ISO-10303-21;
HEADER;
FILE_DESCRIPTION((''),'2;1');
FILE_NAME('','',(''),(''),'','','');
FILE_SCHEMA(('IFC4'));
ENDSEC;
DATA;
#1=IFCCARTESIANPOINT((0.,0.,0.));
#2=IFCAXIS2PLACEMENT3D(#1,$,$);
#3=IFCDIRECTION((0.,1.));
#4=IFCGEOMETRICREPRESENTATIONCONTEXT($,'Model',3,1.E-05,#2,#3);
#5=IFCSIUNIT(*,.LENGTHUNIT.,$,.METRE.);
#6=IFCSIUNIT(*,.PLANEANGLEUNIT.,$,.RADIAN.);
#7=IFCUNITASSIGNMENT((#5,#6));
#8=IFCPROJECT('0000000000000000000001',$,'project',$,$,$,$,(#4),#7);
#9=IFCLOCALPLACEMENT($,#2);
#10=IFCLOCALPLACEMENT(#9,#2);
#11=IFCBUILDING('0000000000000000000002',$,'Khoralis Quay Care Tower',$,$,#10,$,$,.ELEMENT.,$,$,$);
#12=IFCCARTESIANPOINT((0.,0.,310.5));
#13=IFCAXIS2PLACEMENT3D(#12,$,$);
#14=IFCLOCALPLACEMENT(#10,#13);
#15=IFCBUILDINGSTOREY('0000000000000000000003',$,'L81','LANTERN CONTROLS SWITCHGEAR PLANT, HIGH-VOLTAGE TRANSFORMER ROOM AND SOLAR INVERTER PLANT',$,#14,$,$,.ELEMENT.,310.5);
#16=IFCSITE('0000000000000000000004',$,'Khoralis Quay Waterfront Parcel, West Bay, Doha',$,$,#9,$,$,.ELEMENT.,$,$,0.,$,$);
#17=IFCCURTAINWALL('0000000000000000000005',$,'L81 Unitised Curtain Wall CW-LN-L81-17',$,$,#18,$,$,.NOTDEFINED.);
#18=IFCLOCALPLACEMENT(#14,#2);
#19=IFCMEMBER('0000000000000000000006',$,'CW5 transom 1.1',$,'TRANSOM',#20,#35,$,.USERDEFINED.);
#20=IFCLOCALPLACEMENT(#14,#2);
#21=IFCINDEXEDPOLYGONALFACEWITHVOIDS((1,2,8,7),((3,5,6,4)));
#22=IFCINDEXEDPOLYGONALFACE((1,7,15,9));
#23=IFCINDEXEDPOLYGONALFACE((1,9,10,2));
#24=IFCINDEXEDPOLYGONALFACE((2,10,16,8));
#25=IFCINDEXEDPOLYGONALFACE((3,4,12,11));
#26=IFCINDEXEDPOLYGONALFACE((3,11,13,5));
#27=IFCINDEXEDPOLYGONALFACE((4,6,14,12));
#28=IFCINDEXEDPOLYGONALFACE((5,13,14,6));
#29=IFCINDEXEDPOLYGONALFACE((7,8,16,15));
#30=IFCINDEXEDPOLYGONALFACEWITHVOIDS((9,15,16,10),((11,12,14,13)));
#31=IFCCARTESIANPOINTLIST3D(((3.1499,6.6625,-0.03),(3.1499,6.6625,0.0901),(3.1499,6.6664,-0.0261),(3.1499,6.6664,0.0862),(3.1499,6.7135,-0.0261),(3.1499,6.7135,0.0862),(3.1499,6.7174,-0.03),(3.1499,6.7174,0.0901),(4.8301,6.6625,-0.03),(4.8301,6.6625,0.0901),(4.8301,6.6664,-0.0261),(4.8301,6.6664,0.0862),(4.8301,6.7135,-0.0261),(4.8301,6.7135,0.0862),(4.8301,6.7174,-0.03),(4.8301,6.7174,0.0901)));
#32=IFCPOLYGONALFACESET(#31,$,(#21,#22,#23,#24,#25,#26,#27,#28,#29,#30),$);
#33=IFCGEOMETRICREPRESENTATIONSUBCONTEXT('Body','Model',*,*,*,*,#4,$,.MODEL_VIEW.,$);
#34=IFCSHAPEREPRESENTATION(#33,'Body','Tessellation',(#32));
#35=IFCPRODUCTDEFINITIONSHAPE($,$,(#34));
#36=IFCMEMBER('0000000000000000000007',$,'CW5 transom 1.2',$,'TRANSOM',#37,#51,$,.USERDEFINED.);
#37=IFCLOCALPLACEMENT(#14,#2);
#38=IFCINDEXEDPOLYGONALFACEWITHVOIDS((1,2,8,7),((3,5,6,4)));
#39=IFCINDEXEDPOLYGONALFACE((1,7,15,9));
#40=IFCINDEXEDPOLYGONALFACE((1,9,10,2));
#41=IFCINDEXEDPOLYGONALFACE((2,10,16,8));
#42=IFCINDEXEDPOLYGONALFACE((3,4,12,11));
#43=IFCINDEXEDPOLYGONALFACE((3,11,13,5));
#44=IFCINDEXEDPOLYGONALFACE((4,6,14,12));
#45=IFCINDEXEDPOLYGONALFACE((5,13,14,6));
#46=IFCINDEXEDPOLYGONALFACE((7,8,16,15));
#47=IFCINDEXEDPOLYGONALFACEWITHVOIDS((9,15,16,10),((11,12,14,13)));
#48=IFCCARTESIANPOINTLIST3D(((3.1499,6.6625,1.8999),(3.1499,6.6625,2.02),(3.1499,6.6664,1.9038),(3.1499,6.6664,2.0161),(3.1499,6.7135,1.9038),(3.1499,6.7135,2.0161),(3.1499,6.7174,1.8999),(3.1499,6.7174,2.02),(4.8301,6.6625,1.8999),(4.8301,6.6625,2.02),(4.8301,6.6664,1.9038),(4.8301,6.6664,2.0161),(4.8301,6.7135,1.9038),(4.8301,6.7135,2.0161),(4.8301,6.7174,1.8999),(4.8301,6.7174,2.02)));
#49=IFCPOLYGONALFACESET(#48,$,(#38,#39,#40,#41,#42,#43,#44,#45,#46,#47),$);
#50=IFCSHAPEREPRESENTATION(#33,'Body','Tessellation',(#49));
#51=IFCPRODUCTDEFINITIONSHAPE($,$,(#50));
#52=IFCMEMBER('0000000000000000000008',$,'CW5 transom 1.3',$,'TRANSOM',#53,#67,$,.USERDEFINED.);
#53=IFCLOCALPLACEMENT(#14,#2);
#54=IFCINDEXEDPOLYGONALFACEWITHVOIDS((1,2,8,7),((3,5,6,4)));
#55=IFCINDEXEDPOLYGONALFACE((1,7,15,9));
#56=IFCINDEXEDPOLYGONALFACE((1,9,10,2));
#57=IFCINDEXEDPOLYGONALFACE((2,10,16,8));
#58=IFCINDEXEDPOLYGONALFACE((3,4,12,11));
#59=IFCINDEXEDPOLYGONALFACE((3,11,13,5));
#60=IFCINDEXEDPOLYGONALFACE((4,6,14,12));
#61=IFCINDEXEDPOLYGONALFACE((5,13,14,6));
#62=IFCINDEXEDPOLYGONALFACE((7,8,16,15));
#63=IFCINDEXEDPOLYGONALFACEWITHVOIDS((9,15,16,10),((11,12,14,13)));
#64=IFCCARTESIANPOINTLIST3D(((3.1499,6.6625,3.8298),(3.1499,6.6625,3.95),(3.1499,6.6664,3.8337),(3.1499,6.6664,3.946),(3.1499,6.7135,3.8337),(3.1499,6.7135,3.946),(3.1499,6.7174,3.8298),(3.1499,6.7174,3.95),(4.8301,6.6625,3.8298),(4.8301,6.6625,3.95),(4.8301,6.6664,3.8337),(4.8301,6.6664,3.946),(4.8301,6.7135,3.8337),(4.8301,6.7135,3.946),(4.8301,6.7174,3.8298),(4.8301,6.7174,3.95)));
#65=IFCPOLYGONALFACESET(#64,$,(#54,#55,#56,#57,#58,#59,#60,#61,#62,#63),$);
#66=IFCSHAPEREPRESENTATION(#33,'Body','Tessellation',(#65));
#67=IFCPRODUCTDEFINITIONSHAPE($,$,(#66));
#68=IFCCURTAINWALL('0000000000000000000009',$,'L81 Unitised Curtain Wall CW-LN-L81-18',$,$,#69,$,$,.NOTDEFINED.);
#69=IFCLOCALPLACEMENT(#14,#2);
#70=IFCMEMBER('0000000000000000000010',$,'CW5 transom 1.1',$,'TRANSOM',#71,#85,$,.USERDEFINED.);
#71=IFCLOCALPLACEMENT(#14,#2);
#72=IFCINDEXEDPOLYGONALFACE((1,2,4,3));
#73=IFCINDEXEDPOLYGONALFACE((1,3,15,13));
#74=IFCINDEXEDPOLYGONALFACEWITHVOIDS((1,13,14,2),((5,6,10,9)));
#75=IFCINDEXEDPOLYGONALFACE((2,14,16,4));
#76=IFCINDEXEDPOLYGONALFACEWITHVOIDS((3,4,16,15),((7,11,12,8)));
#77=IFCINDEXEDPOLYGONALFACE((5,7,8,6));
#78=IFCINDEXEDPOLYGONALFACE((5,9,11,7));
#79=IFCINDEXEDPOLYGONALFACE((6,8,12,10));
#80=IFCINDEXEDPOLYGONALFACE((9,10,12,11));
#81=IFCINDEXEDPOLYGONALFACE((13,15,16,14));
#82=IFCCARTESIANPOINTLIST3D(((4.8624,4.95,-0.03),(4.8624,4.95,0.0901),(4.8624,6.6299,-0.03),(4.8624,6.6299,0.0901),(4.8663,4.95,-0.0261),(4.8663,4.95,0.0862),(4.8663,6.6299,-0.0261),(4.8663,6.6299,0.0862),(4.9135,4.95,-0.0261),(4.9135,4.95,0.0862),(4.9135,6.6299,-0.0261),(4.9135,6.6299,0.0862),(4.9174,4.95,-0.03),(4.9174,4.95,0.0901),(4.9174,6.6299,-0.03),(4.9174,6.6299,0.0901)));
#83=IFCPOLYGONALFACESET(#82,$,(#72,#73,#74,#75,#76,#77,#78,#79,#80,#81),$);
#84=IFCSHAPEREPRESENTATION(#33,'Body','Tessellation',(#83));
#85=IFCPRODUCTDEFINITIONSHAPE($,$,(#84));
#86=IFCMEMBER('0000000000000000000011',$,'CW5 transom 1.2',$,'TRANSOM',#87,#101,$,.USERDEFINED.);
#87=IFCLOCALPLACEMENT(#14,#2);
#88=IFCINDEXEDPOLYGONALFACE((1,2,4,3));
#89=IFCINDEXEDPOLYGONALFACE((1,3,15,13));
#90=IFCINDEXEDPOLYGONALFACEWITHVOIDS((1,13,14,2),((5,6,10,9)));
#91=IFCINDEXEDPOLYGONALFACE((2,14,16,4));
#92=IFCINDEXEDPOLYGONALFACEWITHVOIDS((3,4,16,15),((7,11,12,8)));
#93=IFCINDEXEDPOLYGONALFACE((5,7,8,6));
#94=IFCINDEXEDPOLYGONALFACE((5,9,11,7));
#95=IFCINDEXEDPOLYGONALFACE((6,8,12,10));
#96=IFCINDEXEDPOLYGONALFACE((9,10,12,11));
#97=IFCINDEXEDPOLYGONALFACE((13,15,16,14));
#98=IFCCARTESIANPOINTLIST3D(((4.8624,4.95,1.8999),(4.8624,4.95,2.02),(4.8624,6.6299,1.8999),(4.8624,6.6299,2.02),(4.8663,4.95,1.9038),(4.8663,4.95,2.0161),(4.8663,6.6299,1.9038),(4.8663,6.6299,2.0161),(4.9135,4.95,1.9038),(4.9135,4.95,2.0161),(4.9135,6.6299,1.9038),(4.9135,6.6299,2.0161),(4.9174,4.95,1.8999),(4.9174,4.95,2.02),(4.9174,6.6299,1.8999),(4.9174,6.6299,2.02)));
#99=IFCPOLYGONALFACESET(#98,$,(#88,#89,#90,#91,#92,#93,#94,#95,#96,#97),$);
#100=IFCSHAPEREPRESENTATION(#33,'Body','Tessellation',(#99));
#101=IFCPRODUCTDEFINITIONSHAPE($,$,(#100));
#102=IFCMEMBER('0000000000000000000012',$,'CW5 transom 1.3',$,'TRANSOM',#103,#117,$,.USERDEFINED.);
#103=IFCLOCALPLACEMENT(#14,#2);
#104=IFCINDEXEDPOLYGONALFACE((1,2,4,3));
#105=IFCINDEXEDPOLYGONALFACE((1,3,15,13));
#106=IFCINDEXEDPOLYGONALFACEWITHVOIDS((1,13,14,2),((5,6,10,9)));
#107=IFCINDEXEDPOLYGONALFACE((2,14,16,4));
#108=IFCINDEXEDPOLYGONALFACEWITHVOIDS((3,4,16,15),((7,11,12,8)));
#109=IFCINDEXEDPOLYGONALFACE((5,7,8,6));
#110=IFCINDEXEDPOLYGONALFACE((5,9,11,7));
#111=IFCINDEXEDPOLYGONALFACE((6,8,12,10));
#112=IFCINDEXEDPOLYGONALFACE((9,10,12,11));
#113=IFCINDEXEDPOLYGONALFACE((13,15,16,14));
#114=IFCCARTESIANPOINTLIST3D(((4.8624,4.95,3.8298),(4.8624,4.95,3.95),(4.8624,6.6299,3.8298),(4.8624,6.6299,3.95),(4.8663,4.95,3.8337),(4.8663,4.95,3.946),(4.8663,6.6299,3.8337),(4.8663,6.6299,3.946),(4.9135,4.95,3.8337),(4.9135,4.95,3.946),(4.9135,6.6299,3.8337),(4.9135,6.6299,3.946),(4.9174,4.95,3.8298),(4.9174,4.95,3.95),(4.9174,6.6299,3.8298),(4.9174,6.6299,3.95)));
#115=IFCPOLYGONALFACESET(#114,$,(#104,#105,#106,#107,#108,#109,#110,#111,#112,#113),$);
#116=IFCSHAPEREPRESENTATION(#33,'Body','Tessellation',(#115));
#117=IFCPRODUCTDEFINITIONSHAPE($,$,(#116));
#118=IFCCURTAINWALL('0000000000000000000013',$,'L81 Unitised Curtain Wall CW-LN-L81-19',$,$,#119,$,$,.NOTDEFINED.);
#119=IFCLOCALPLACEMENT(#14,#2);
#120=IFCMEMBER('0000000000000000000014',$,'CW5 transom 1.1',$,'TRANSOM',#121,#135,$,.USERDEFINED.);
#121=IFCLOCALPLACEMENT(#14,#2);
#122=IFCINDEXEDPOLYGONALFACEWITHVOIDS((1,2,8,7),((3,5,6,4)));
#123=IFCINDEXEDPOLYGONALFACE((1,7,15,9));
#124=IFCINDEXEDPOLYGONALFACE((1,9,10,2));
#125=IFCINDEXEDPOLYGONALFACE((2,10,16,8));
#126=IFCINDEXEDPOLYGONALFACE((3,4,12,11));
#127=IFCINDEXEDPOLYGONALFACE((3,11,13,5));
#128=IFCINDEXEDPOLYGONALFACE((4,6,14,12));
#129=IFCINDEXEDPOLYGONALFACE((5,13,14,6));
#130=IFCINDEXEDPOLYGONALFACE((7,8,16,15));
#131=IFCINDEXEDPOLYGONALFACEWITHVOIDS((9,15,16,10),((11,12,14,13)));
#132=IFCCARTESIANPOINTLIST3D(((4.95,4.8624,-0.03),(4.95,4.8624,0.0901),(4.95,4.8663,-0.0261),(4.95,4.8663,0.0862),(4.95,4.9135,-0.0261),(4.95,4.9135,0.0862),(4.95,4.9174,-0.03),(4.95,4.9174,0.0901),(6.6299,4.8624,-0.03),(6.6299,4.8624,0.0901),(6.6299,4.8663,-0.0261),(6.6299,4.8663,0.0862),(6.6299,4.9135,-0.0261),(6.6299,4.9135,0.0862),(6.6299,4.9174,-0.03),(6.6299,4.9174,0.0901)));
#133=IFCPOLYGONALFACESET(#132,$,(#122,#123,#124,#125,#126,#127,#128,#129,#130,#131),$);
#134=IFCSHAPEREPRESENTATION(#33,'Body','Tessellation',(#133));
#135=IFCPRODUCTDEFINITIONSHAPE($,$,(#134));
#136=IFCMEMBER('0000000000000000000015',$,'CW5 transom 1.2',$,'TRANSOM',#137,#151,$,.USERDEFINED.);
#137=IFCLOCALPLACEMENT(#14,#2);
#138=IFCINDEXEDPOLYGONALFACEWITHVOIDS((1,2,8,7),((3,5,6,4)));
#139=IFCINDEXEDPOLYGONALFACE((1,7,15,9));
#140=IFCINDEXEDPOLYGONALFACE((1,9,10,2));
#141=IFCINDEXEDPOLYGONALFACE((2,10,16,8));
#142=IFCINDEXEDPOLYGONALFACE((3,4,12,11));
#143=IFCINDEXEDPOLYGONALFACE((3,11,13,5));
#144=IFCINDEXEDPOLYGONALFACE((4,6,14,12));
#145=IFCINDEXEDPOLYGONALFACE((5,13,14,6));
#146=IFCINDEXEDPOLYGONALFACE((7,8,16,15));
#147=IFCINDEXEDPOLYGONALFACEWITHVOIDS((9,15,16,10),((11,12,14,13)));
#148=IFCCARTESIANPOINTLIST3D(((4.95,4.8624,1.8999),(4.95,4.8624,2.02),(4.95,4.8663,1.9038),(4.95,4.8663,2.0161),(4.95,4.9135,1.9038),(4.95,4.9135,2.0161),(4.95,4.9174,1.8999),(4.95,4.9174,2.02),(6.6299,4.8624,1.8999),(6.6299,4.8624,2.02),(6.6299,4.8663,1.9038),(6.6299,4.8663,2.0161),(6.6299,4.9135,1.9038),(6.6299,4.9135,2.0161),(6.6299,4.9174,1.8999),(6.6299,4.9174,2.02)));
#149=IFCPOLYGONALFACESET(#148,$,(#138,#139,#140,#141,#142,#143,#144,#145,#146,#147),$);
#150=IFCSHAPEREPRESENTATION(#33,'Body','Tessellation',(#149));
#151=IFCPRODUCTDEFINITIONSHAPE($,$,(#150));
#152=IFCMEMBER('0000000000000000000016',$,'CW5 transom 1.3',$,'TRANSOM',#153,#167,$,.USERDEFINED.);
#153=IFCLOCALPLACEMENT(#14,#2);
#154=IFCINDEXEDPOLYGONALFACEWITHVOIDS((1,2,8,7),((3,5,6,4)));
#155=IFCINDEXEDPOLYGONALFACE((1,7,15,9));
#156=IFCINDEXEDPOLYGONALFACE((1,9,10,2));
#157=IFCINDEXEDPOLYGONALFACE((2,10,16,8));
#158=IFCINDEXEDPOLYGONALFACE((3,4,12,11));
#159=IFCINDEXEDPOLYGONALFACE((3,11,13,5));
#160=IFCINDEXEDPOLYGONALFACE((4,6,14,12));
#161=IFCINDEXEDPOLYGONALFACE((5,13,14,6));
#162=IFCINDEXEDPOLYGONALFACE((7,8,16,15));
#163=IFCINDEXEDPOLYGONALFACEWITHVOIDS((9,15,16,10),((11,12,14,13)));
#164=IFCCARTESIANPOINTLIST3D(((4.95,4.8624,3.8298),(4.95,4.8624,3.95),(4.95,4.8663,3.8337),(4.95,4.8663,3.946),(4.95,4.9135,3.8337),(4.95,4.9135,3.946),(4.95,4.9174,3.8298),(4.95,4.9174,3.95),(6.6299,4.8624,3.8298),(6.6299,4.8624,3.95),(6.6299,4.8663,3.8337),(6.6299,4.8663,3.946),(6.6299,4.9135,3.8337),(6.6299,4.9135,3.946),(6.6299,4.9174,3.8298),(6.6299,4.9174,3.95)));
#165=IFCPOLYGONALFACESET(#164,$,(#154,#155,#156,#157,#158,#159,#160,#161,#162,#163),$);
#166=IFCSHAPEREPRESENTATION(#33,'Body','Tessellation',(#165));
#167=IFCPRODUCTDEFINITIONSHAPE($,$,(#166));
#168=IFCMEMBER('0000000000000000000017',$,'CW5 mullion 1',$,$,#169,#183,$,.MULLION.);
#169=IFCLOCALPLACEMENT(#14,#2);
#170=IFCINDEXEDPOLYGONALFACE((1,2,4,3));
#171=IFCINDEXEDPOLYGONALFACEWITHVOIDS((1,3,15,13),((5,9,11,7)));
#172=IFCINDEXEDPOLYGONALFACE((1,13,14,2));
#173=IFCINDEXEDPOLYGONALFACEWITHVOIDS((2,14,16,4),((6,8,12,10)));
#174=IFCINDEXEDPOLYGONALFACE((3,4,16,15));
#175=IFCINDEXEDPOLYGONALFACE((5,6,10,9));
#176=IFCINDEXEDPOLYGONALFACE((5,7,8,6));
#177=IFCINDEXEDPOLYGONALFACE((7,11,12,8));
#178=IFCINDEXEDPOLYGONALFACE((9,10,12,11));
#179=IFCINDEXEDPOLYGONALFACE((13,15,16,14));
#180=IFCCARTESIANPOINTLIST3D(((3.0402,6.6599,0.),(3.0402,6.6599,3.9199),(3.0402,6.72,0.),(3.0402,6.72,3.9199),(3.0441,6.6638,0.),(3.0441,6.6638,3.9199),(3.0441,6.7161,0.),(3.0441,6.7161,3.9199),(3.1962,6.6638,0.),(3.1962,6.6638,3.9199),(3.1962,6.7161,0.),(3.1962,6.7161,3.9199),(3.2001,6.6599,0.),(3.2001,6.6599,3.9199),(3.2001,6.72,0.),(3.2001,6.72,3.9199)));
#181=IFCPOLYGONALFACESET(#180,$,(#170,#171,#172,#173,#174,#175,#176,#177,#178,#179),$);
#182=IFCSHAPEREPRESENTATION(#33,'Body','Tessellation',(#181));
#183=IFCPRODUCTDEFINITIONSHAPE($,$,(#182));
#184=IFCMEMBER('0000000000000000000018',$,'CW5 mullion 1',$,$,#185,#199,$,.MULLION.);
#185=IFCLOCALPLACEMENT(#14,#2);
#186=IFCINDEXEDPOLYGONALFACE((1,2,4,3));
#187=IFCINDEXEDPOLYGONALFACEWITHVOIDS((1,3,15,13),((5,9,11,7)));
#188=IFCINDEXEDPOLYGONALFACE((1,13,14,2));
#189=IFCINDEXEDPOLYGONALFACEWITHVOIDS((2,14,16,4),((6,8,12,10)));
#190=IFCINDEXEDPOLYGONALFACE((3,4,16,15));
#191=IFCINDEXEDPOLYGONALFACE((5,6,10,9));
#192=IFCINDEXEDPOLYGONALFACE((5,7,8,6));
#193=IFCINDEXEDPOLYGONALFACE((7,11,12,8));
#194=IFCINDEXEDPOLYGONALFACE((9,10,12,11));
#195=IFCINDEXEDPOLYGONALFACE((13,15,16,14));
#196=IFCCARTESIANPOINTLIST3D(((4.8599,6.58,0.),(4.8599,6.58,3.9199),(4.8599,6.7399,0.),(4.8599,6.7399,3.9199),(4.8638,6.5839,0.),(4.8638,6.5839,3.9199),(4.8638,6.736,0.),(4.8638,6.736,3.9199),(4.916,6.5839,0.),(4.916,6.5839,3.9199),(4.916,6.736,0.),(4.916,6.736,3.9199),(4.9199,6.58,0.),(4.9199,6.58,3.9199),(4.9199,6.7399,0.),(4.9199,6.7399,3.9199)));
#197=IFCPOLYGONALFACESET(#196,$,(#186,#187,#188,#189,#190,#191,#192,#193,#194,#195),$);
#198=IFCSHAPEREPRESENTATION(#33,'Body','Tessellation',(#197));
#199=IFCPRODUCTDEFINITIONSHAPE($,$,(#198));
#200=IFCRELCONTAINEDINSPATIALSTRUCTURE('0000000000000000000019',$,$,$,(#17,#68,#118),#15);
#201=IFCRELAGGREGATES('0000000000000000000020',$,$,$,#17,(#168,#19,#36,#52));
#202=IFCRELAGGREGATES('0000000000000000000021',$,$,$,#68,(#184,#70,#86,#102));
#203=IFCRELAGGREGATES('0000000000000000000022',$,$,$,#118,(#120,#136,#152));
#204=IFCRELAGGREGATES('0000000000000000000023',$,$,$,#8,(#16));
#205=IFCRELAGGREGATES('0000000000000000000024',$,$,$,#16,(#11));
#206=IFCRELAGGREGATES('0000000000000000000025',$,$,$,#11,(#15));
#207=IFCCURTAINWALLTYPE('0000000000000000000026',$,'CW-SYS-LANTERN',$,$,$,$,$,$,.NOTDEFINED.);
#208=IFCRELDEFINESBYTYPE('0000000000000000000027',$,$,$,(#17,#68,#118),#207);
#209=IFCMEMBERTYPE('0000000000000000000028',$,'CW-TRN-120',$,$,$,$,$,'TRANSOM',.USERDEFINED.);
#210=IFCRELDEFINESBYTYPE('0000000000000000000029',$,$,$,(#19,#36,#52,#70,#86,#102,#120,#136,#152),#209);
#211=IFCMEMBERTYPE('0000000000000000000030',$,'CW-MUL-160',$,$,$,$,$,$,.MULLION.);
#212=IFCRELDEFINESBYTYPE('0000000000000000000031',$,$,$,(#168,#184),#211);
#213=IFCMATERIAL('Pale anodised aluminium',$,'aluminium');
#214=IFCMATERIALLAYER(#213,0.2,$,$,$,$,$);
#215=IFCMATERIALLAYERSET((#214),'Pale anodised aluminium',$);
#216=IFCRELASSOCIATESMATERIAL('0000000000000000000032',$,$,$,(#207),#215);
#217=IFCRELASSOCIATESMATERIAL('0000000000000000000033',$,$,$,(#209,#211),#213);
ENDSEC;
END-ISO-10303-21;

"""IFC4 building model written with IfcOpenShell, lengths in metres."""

from ifc_helpers import new_model, si_unit, direction, frame, origin, origin_2d, place, context, subcontext, project, spatial, hollow_rectangle, extrude, source, transform, mapped, material, layer, layer_set, material_profile, profile_set, type_object, element, aggregate, save


model = new_model("IFC4")

# Units and contexts
model_context = context("Model", 3, precision=1e-05, world=origin(), true_north=direction((0.0, 1.0)))
body_context = subcontext(model_context, "Body", "Model", "MODEL_VIEW")
ifc_project = project(units=[si_unit("LENGTHUNIT", "METRE"), si_unit("PLANEANGLEUNIT", "RADIAN")], contexts=[model_context])

# Site, building, storey
site_placement = place(None, origin())
site = spatial("IfcSite", under=ifc_project, at=site_placement, Name="Khoralis Quay Waterfront Parcel, West Bay, Doha", CompositionType="ELEMENT", RefElevation=0.0)
building_placement = place(site_placement, origin())
building = spatial("IfcBuilding", under=site, at=building_placement, Name="Khoralis Quay Care Tower", CompositionType="ELEMENT")
storey_placement = place(building_placement, frame((0.0, 0.0, 310.5)))
storey = spatial("IfcBuildingStorey", under=building, at=storey_placement, Name="L81", Description="LANTERN CONTROLS SWITCHGEAR PLANT, HIGH-VOLTAGE TRANSFORMER ROOM AND SOLAR INVERTER PLANT", CompositionType="ELEMENT", Elevation=310.5)

# Curtain walls, members
ifc_material_1 = material(Name="Pale anodised aluminium", Category="aluminium")
ifc_layer_1 = layer(ifc_material_1, 0.2)
ifc_layer_set_1 = layer_set([ifc_layer_1], Name="Pale anodised aluminium")
curtain_wall_type = type_object("IfcCurtainWallType", Name="CW-SYS-LANTERN", PredefinedType="NOTDEFINED", material=ifc_layer_set_1)
curtain_wall_1_placement = place(storey_placement, origin())
curtain_wall_1 = element("IfcCurtainWall", 1, at=curtain_wall_1_placement, inside=storey, type_object=curtain_wall_type, Name="L81 Unitised Curtain Wall CW-LN-L81-17", PredefinedType="NOTDEFINED")
ifc_material_profile_1 = material_profile(ifc_material_1, hollow_rectangle(XDim=0.0549, YDim=0.1201, WallThickness=0.0039, at=origin_2d()), Name="Pale anodised aluminium")
ifc_profile_set_1 = profile_set([ifc_material_profile_1], Name="Pale anodised aluminium")
member_type_1 = type_object("IfcMemberType", Name="CW-TRN-120", ElementType="TRANSOM", PredefinedType="USERDEFINED", material=ifc_profile_set_1)
shared_shape_1 = source(origin(), body_context, "Body", "SweptSolid", [
    extrude(hollow_rectangle(XDim=0.0549, YDim=0.1201, WallThickness=0.0039, at=origin_2d()), origin(), (0.0, 0.0, 1.0), 1.6802),
])
member_1_placement = place(storey_placement, frame((3.1499, 6.6899, 0.03), z_axis=(1.0, 0.0, 0.0), x_axis=(0.0, 1.0, 0.0)))
member_1 = element("IfcMember", 2, at=member_1_placement, type_object=member_type_1, Name="CW5 transom 1.1", ObjectType="TRANSOM", PredefinedType="USERDEFINED", context=body_context, shape_type="MappedRepresentation", body=[
    mapped(shared_shape_1, transform((0.0, 0.0, 0.0), scale=1.0)),
])
member_2_placement = place(storey_placement, frame((3.1499, 6.6899, 1.96), z_axis=(1.0, 0.0, 0.0), x_axis=(0.0, 1.0, 0.0)))
member_2 = element("IfcMember", 3, at=member_2_placement, type_object=member_type_1, Name="CW5 transom 1.2", ObjectType="TRANSOM", PredefinedType="USERDEFINED", context=body_context, shape_type="MappedRepresentation", body=[
    mapped(shared_shape_1, transform((0.0, 0.0, 0.0), scale=1.0)),
])
member_3_placement = place(storey_placement, frame((3.1499, 6.6899, 3.8899), z_axis=(1.0, 0.0, 0.0), x_axis=(0.0, 1.0, 0.0)))
member_3 = element("IfcMember", 4, at=member_3_placement, type_object=member_type_1, Name="CW5 transom 1.3", ObjectType="TRANSOM", PredefinedType="USERDEFINED", context=body_context, shape_type="MappedRepresentation", body=[
    mapped(shared_shape_1, transform((0.0, 0.0, 0.0), scale=1.0)),
])
curtain_wall_2_placement = place(storey_placement, origin())
curtain_wall_2 = element("IfcCurtainWall", 5, at=curtain_wall_2_placement, inside=storey, type_object=curtain_wall_type, Name="L81 Unitised Curtain Wall CW-LN-L81-18", PredefinedType="NOTDEFINED")
shared_shape_2 = source(origin(), body_context, "Body", "SweptSolid", [
    extrude(hollow_rectangle(XDim=0.0549, YDim=0.1201, WallThickness=0.0039, at=origin_2d()), origin(), (0.0, 0.0, 1.0), 1.6799),
])
member_4_placement = place(storey_placement, frame((4.8899, 6.6299, 0.03), z_axis=(0.0, -1.0, 0.0), x_axis=(1.0, 0.0, 0.0)))
member_4 = element("IfcMember", 6, at=member_4_placement, type_object=member_type_1, Name="CW5 transom 1.1", ObjectType="TRANSOM", PredefinedType="USERDEFINED", context=body_context, shape_type="MappedRepresentation", body=[
    mapped(shared_shape_2, transform((0.0, 0.0, 0.0), scale=1.0)),
])
member_5_placement = place(storey_placement, frame((4.8899, 6.6299, 1.96), z_axis=(0.0, -1.0, 0.0), x_axis=(1.0, 0.0, 0.0)))
member_5 = element("IfcMember", 7, at=member_5_placement, type_object=member_type_1, Name="CW5 transom 1.2", ObjectType="TRANSOM", PredefinedType="USERDEFINED", context=body_context, shape_type="MappedRepresentation", body=[
    mapped(shared_shape_2, transform((0.0, 0.0, 0.0), scale=1.0)),
])
member_6_placement = place(storey_placement, frame((4.8899, 6.6299, 3.8899), z_axis=(0.0, -1.0, 0.0), x_axis=(1.0, 0.0, 0.0)))
member_6 = element("IfcMember", 8, at=member_6_placement, type_object=member_type_1, Name="CW5 transom 1.3", ObjectType="TRANSOM", PredefinedType="USERDEFINED", context=body_context, shape_type="MappedRepresentation", body=[
    mapped(shared_shape_2, transform((0.0, 0.0, 0.0), scale=1.0)),
])
curtain_wall_3_placement = place(storey_placement, origin())
curtain_wall_3 = element("IfcCurtainWall", 9, at=curtain_wall_3_placement, inside=storey, type_object=curtain_wall_type, Name="L81 Unitised Curtain Wall CW-LN-L81-19", PredefinedType="NOTDEFINED")
member_7_placement = place(storey_placement, frame((4.95, 4.8899, 0.03), z_axis=(1.0, 0.0, 0.0), x_axis=(0.0, 1.0, 0.0)))
member_7 = element("IfcMember", 10, at=member_7_placement, type_object=member_type_1, Name="CW5 transom 1.1", ObjectType="TRANSOM", PredefinedType="USERDEFINED", context=body_context, shape_type="MappedRepresentation", body=[
    mapped(shared_shape_2, transform((0.0, 0.0, 0.0), scale=1.0)),
])
member_8_placement = place(storey_placement, frame((4.95, 4.8899, 1.96), z_axis=(1.0, 0.0, 0.0), x_axis=(0.0, 1.0, 0.0)))
member_8 = element("IfcMember", 11, at=member_8_placement, type_object=member_type_1, Name="CW5 transom 1.2", ObjectType="TRANSOM", PredefinedType="USERDEFINED", context=body_context, shape_type="MappedRepresentation", body=[
    mapped(shared_shape_2, transform((0.0, 0.0, 0.0), scale=1.0)),
])
member_9_placement = place(storey_placement, frame((4.95, 4.8899, 3.8899), z_axis=(1.0, 0.0, 0.0), x_axis=(0.0, 1.0, 0.0)))
member_9 = element("IfcMember", 12, at=member_9_placement, type_object=member_type_1, Name="CW5 transom 1.3", ObjectType="TRANSOM", PredefinedType="USERDEFINED", context=body_context, shape_type="MappedRepresentation", body=[
    mapped(shared_shape_2, transform((0.0, 0.0, 0.0), scale=1.0)),
])

# Members
ifc_material_profile_2 = material_profile(ifc_material_1, hollow_rectangle(XDim=0.0601, YDim=0.1599, WallThickness=0.0039, at=origin_2d()), Name="Pale anodised aluminium")
ifc_profile_set_2 = profile_set([ifc_material_profile_2], Name="Pale anodised aluminium")
member_type_2 = type_object("IfcMemberType", Name="CW-MUL-160", PredefinedType="MULLION", material=ifc_profile_set_2)
shared_shape_3 = source(origin(), body_context, "Body", "SweptSolid", [
    extrude(hollow_rectangle(XDim=0.0601, YDim=0.1599, WallThickness=0.0039, at=origin_2d()), origin(), (0.0, 0.0, 1.0), 3.9199),
])
member_10_placement = place(storey_placement, frame((3.1201, 6.6899, 0.0), z_axis=(0.0, 0.0, 1.0), x_axis=(0.0, 1.0, 0.0)))
member_10 = element("IfcMember", 13, at=member_10_placement, type_object=member_type_2, Name="CW5 mullion 1", PredefinedType="MULLION", context=body_context, shape_type="MappedRepresentation", body=[
    mapped(shared_shape_3, transform((0.0, 0.0, 0.0), scale=1.0)),
])
aggregate(curtain_wall_1, [member_10, member_1, member_2, member_3])
member_11_placement = place(storey_placement, frame((4.8899, 6.6599, 0.0), z_axis=(0.0, 0.0, 1.0), x_axis=(1.0, 0.0, 0.0)))
member_11 = element("IfcMember", 14, at=member_11_placement, type_object=member_type_2, Name="CW5 mullion 1", PredefinedType="MULLION", context=body_context, shape_type="MappedRepresentation", body=[
    mapped(shared_shape_3, transform((0.0, 0.0, 0.0), scale=1.0)),
])

aggregate(curtain_wall_2, [member_11, member_4, member_5, member_6])
aggregate(curtain_wall_3, [member_7, member_8, member_9])

save(model, "model.ifc")
